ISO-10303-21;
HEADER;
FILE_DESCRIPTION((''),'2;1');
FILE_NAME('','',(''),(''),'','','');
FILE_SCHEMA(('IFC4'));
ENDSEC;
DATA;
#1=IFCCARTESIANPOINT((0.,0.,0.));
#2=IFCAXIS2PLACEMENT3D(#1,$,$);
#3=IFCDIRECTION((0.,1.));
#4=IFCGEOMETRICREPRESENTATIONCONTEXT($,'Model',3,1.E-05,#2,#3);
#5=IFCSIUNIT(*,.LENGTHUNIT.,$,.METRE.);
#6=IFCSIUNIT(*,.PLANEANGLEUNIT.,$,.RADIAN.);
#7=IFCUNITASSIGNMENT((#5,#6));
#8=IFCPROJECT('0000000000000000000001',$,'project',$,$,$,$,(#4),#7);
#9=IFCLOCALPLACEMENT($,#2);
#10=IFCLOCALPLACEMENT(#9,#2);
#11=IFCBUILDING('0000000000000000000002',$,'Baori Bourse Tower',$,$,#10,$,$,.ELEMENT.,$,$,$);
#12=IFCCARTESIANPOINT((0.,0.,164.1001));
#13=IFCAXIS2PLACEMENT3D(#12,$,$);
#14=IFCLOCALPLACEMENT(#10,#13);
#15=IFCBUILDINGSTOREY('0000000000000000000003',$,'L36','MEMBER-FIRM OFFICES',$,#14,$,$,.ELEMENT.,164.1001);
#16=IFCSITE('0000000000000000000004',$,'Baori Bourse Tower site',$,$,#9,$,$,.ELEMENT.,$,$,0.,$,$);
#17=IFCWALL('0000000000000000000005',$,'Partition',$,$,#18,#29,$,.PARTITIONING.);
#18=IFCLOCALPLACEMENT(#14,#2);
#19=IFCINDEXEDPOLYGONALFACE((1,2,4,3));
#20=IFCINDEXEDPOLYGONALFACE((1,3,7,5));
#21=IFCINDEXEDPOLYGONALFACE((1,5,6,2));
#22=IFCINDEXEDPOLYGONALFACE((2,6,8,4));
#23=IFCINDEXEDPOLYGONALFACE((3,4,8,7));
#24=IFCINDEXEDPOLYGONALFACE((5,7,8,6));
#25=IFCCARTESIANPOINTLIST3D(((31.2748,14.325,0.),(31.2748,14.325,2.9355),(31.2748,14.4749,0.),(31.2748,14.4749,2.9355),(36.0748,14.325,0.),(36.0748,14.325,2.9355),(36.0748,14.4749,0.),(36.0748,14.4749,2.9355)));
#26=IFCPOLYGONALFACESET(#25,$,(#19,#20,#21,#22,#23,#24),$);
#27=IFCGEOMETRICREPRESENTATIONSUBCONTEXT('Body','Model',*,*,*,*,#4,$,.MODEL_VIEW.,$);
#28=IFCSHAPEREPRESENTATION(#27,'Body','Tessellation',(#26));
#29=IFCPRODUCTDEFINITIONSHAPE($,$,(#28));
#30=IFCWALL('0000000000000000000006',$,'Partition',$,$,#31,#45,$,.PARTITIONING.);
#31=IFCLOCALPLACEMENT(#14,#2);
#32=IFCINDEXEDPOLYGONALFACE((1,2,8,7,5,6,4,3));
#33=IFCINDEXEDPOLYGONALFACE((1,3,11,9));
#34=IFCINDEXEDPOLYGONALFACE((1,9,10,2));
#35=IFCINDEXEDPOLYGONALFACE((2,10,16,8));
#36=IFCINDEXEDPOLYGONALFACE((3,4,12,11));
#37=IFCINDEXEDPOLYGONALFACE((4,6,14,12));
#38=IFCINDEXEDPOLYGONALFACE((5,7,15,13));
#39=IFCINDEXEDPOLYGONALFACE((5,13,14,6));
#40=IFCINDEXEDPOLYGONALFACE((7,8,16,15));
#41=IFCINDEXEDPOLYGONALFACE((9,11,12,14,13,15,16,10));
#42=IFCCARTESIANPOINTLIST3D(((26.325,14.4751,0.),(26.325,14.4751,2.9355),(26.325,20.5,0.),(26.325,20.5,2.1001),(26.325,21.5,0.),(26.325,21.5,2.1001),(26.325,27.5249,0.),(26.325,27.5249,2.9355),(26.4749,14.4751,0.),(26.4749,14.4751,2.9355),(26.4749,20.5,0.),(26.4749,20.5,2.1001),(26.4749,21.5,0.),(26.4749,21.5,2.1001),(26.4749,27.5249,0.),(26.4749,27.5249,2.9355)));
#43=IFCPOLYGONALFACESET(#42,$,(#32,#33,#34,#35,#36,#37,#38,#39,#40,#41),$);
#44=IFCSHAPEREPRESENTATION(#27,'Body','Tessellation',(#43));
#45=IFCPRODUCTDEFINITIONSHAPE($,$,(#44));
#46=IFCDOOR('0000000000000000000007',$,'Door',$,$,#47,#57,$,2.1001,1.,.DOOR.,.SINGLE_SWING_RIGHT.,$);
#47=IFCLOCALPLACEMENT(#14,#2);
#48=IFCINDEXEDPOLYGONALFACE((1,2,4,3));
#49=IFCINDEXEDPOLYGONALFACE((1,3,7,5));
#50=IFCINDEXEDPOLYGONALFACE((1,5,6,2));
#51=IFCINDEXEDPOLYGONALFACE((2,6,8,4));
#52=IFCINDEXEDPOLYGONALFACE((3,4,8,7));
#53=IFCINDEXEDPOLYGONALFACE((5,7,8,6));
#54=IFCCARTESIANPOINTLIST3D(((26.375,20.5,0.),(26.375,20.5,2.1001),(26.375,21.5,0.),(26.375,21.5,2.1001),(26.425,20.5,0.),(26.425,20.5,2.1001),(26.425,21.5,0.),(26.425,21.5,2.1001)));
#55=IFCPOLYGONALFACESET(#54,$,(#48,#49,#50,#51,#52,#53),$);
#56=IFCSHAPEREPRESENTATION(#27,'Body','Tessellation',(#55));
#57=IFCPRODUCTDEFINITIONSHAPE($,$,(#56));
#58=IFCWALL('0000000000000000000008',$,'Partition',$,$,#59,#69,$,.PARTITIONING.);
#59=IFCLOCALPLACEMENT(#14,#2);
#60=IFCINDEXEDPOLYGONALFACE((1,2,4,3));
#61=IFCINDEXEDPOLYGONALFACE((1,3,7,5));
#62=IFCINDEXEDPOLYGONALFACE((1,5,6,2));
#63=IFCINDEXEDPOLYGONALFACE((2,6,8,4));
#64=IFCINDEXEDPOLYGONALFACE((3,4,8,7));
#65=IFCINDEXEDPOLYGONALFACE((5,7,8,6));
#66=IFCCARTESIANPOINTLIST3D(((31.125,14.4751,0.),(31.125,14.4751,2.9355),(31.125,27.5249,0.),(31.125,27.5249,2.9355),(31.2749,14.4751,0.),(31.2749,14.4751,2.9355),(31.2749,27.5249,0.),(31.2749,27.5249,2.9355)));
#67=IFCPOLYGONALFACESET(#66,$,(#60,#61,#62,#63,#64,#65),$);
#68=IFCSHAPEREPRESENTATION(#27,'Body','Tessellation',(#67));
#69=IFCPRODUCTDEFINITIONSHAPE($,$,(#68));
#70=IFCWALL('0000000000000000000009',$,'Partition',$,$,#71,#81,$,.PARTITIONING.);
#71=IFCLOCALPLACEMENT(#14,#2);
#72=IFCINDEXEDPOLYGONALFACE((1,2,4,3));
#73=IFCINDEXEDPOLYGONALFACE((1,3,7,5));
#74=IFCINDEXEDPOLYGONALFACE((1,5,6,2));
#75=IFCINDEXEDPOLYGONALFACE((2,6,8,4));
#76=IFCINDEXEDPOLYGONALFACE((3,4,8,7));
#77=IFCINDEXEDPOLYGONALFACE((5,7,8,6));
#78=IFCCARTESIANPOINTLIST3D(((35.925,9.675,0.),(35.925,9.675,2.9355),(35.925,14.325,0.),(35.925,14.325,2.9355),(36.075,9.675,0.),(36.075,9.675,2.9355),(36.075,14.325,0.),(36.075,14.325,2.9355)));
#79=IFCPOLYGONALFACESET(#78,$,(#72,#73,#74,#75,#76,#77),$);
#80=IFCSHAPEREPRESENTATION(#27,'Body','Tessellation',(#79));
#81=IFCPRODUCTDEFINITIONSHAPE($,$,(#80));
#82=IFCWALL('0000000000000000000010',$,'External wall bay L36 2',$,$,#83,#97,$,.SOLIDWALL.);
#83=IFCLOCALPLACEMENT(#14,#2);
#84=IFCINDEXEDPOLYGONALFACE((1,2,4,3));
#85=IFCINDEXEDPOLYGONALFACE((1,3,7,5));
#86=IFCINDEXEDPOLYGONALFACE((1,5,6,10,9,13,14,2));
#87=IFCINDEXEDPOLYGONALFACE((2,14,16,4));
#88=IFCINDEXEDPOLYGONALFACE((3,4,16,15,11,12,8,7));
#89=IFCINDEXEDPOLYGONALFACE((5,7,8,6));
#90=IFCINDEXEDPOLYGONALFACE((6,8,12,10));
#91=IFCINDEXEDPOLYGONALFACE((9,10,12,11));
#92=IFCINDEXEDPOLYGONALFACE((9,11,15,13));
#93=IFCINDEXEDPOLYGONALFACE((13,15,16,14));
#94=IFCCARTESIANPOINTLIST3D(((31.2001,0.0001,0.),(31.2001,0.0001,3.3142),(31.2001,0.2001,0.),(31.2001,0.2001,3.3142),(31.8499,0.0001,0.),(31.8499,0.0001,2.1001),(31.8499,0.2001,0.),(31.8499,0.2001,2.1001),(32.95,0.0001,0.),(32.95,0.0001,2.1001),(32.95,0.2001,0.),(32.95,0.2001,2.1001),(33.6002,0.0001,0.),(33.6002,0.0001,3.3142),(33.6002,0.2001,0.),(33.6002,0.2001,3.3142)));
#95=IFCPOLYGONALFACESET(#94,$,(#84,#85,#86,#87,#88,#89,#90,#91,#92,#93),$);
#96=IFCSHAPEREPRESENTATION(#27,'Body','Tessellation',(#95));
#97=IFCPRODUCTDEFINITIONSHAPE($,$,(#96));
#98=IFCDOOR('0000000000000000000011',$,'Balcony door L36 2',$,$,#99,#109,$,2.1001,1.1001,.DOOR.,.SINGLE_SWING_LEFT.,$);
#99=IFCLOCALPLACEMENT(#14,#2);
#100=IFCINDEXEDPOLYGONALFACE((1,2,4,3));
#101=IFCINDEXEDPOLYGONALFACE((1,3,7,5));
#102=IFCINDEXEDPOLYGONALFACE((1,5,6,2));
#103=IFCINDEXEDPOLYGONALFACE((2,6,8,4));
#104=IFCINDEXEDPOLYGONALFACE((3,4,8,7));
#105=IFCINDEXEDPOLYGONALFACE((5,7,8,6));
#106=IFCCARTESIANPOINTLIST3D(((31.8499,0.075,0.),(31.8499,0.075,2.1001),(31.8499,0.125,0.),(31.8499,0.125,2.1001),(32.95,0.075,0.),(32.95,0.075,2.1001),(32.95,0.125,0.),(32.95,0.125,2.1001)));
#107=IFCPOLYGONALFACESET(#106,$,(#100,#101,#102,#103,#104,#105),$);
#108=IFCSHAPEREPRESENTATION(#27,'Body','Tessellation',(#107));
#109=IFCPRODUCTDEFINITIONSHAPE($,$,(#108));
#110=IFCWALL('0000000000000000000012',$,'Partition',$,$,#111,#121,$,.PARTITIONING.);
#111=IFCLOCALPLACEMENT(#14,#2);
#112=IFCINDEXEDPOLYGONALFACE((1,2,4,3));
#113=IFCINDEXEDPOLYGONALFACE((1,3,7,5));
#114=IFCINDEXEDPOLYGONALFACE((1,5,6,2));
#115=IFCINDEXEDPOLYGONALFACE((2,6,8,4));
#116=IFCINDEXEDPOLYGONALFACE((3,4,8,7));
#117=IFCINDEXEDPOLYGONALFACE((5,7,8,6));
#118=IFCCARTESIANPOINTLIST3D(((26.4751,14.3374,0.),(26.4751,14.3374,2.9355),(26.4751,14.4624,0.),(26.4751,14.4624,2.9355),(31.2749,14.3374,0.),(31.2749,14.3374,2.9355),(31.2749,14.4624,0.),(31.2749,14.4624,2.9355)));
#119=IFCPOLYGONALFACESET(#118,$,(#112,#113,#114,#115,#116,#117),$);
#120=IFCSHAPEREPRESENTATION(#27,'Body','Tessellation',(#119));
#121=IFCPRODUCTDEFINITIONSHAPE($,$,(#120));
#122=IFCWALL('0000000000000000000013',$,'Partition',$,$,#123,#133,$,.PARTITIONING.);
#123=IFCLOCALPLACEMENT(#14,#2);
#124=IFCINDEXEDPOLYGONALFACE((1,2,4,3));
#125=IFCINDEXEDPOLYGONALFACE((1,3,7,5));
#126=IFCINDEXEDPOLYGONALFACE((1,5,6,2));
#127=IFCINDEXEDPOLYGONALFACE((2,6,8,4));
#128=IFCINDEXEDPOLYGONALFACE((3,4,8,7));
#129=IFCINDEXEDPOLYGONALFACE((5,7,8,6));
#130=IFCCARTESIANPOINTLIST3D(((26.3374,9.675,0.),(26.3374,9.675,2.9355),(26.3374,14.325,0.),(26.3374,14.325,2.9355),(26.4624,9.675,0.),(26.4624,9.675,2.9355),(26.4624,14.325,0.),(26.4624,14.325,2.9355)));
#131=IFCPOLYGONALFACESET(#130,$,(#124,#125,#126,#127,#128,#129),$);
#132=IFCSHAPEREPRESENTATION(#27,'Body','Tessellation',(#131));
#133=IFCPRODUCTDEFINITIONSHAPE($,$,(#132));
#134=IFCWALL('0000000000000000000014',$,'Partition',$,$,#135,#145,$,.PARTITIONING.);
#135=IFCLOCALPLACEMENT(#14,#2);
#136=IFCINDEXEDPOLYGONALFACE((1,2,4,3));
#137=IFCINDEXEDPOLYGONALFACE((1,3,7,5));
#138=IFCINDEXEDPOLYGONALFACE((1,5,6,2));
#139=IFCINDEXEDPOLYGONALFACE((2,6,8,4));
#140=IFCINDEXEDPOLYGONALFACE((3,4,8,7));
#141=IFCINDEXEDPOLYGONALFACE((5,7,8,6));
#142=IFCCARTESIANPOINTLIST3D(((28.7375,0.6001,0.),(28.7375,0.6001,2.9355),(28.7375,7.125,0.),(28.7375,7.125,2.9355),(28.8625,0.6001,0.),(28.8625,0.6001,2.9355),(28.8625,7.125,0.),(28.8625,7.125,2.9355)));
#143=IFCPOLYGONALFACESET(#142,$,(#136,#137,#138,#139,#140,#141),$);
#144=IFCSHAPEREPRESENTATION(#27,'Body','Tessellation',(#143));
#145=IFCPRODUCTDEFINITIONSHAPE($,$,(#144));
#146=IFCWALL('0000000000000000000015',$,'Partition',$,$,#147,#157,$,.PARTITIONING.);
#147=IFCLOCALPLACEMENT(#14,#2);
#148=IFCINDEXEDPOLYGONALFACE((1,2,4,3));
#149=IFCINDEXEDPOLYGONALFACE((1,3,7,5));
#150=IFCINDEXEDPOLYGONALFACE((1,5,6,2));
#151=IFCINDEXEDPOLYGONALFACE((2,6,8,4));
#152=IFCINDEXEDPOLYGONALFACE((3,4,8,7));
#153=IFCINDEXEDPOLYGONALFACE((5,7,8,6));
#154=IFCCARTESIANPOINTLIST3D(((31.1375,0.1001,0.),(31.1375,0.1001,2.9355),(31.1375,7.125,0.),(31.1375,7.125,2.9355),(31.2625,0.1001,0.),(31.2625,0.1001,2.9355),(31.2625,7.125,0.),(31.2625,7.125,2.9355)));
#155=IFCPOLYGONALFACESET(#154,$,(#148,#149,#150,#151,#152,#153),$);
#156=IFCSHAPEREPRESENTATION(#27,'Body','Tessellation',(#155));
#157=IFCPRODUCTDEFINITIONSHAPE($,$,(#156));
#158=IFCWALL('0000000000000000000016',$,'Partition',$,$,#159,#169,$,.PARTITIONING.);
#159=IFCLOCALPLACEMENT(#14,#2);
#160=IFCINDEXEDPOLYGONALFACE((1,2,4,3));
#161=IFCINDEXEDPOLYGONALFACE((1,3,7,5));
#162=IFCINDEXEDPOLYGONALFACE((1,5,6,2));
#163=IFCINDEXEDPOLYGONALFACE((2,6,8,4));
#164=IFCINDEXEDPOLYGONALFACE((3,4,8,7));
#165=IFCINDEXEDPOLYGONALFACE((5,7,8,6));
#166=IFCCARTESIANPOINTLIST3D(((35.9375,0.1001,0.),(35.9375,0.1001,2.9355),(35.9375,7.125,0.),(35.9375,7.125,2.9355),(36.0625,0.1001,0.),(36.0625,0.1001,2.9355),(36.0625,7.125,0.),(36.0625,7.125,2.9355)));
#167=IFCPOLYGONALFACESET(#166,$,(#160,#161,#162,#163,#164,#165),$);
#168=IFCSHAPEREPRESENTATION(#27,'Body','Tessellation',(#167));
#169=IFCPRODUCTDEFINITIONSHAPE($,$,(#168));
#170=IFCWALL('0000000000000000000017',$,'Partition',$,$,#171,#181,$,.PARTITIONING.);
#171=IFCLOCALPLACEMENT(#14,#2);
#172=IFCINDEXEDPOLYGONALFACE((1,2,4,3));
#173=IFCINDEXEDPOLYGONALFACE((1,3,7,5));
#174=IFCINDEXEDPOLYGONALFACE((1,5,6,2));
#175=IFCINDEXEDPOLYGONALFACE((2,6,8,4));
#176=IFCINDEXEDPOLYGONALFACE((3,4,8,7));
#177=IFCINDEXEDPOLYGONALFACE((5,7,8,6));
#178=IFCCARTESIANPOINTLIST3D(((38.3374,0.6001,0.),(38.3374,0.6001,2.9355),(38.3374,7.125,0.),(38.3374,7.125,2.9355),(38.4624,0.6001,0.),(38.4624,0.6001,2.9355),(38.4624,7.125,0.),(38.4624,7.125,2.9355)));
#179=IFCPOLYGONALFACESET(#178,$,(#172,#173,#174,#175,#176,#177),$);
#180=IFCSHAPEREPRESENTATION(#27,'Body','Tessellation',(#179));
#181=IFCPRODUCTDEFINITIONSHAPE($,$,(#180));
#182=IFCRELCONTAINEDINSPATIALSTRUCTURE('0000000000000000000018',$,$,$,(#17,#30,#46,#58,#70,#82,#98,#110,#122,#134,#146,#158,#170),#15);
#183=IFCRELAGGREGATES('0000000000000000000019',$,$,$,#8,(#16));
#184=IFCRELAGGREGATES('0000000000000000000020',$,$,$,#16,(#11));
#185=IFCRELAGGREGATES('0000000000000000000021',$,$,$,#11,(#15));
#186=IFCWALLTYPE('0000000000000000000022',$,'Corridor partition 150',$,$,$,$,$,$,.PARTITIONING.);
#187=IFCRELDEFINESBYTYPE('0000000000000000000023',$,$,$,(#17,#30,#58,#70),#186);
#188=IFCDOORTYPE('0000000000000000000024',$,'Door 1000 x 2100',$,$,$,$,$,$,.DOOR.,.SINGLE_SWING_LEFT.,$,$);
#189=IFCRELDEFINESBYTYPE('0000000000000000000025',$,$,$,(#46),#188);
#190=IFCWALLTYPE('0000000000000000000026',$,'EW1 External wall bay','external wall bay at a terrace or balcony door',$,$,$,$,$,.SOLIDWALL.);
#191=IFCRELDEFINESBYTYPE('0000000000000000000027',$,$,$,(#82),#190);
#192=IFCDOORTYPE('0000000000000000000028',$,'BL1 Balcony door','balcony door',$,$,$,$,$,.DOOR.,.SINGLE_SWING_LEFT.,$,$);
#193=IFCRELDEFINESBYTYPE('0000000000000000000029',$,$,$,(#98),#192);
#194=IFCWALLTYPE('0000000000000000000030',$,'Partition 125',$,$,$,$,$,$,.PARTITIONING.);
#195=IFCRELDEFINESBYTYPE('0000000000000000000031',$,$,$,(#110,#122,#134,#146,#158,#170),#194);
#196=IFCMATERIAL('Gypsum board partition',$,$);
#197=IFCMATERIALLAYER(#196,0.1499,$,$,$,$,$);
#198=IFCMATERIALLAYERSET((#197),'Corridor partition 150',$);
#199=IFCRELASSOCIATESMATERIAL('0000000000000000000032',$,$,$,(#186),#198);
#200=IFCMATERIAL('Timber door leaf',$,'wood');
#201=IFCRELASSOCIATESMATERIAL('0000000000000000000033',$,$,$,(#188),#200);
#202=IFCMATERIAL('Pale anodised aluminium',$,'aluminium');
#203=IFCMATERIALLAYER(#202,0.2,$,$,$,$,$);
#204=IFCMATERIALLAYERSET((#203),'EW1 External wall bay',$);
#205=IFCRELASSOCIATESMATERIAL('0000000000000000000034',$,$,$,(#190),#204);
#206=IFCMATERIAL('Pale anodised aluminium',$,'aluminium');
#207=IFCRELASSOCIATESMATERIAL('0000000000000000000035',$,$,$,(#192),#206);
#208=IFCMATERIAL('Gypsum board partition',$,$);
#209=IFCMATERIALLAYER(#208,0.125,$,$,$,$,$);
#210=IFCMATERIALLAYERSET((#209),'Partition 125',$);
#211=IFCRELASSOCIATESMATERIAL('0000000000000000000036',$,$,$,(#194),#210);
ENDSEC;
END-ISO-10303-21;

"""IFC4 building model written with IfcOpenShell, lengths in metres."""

from ifc_helpers import new_model, si_unit, direction, frame, frame_2d, origin, place, context, subcontext, project, spatial, rectangle, extrude, material, layer, layer_set, type_object, element, fill, save


model = new_model("IFC4")

# Units and contexts
model_context = context("Model", 3, precision=1e-05, world=origin(), true_north=direction((0.0, 1.0)))
body_context = subcontext(model_context, "Body", "Model", "MODEL_VIEW")
ifc_project = project(units=[si_unit("LENGTHUNIT", "METRE"), si_unit("PLANEANGLEUNIT", "RADIAN")], contexts=[model_context])

# Site, building, storey
site_placement = place(None, origin())
site = spatial("IfcSite", under=ifc_project, at=site_placement, Name="Baori Bourse Tower site", CompositionType="ELEMENT", RefElevation=0.0)
building_placement = place(site_placement, origin())
building = spatial("IfcBuilding", under=site, at=building_placement, Name="Baori Bourse Tower", CompositionType="ELEMENT")
storey_placement = place(building_placement, frame((0.0, 0.0, 164.1001)))
storey = spatial("IfcBuildingStorey", under=building, at=storey_placement, Name="L36", Description="MEMBER-FIRM OFFICES", CompositionType="ELEMENT", Elevation=164.1001)

# Wall
ifc_material_1 = material(Name="Gypsum board partition")
ifc_layer_1 = layer(ifc_material_1, 0.1499)
ifc_layer_set_1 = layer_set([ifc_layer_1], Name="Corridor partition 150")
wall_type_1 = type_object("IfcWallType", Name="Corridor partition 150", PredefinedType="PARTITIONING", material=ifc_layer_set_1)
wall_1_placement = place(storey_placement, frame((31.2749, 14.3999, 0.0), z_axis=(0.0, 0.0, 1.0), x_axis=(1.0, 0.0, 0.0)))
element("IfcWall", 1, at=wall_1_placement, inside=storey, type_object=wall_type_1, Name="Partition", PredefinedType="PARTITIONING", context=body_context, shape_type="SweptSolid", body=[
    extrude(rectangle(XDim=4.8, YDim=0.1499, at=frame_2d((2.3999, 0.0))), origin(), (0.0, 0.0, 1.0), 2.9355),
])

# Wall, opening, door
wall_2_placement = place(storey_placement, frame((26.3999, 14.4751, 0.0), z_axis=(0.0, 0.0, 1.0), x_axis=(0.0, 1.0, 0.0)))
wall_2 = element("IfcWall", 2, at=wall_2_placement, inside=storey, type_object=wall_type_1, Name="Partition", PredefinedType="PARTITIONING", context=body_context, shape_type="SweptSolid", body=[
    extrude(rectangle(XDim=13.0498, YDim=0.1499, at=frame_2d((6.5249, 0.0))), origin(), (0.0, 0.0, 1.0), 2.9355),
])
opening_1_placement = place(wall_2_placement, frame((6.0249, 0.0, 0.0)))
opening_1 = element("IfcOpeningElement", 3, at=opening_1_placement, cuts=wall_2, PredefinedType="OPENING", context=body_context, shape_type="SweptSolid", body=[
    extrude(rectangle(XDim=1.0, YDim=2.1001, at=frame_2d((0.5, 1.05))), frame((0.0, 0.085, 0.0), z_axis=(0.0, -1.0, 0.0), x_axis=(1.0, 0.0, 0.0)), (0.0, 0.0, 1.0), 0.1699),
])
ifc_material_2 = material(Name="Timber door leaf", Category="wood")
door_type_1 = type_object("IfcDoorType", Name="Door 1000 x 2100", OperationType="SINGLE_SWING_LEFT", PredefinedType="DOOR", material=ifc_material_2)
door_1_placement = place(opening_1_placement, origin())
door_1 = element("IfcDoor", 4, at=door_1_placement, inside=storey, type_object=door_type_1, Name="Door", OperationType="SINGLE_SWING_RIGHT", OverallHeight=2.1001, OverallWidth=1.0, PredefinedType="DOOR", context=body_context, shape_type="SweptSolid", body=[
    extrude(rectangle(XDim=1.0, YDim=2.1001, at=frame_2d((0.5, 1.05))), frame((0.0, 0.0249, 0.0), z_axis=(0.0, -1.0, 0.0), x_axis=(1.0, 0.0, 0.0)), (0.0, 0.0, 1.0), 0.05),
])
fill(opening_1, door_1)

# Walls
wall_3_placement = place(storey_placement, frame((31.2, 14.4751, 0.0), z_axis=(0.0, 0.0, 1.0), x_axis=(0.0, 1.0, 0.0)))
element("IfcWall", 5, at=wall_3_placement, inside=storey, type_object=wall_type_1, Name="Partition", PredefinedType="PARTITIONING", context=body_context, shape_type="SweptSolid", body=[
    extrude(rectangle(XDim=13.0498, YDim=0.1499, at=frame_2d((6.5249, 0.0))), origin(), (0.0, 0.0, 1.0), 2.9355),
])
wall_4_placement = place(storey_placement, frame((36.0, 9.675, 0.0), z_axis=(0.0, 0.0, 1.0), x_axis=(0.0, 1.0, 0.0)))
element("IfcWall", 6, at=wall_4_placement, inside=storey, type_object=wall_type_1, Name="Partition", PredefinedType="PARTITIONING", context=body_context, shape_type="SweptSolid", body=[
    extrude(rectangle(XDim=4.6499, YDim=0.1499, at=frame_2d((2.325, 0.0))), origin(), (0.0, 0.0, 1.0), 2.9355),
])

# Wall, opening, door
ifc_material_3 = material(Name="Pale anodised aluminium", Category="aluminium")
ifc_layer_2 = layer(ifc_material_3, 0.2)
ifc_layer_set_2 = layer_set([ifc_layer_2], Name="EW1 External wall bay")
wall_type_2 = type_object("IfcWallType", Name="EW1 External wall bay", Description="external wall bay at a terrace or balcony door", PredefinedType="SOLIDWALL", material=ifc_layer_set_2)
wall_5_placement = place(storey_placement, frame((31.2, 0.1001, 0.0), z_axis=(0.0, 0.0, 1.0), x_axis=(1.0, 0.0, 0.0)))
wall_5 = element("IfcWall", 7, at=wall_5_placement, inside=storey, type_object=wall_type_2, Name="External wall bay L36 2", PredefinedType="SOLIDWALL", context=body_context, shape_type="SweptSolid", body=[
    extrude(rectangle(XDim=2.4001, YDim=0.2, at=frame_2d((1.2002, 0.0))), origin(), (0.0, 0.0, 1.0), 3.3142),
])
opening_2_placement = place(wall_5_placement, frame((0.6499, 0.0, 0.0)))
opening_2 = element("IfcOpeningElement", 8, at=opening_2_placement, cuts=wall_5, PredefinedType="OPENING", context=body_context, shape_type="SweptSolid", body=[
    extrude(rectangle(XDim=1.1001, YDim=2.1001, at=frame_2d((0.55, 1.05))), frame((0.0, 0.1099, 0.0), z_axis=(0.0, -1.0, 0.0), x_axis=(1.0, 0.0, 0.0)), (0.0, 0.0, 1.0), 0.22),
])
ifc_material_4 = material(Name="Pale anodised aluminium", Category="aluminium")
door_type_2 = type_object("IfcDoorType", Name="BL1 Balcony door", Description="balcony door", OperationType="SINGLE_SWING_LEFT", PredefinedType="DOOR", material=ifc_material_4)
door_2_placement = place(opening_2_placement, origin())
door_2 = element("IfcDoor", 9, at=door_2_placement, inside=storey, type_object=door_type_2, Name="Balcony door L36 2", OperationType="SINGLE_SWING_LEFT", OverallHeight=2.1001, OverallWidth=1.1001, PredefinedType="DOOR", context=body_context, shape_type="SweptSolid", body=[
    extrude(rectangle(XDim=1.1001, YDim=2.1001, at=frame_2d((0.55, 1.05))), frame((0.0, 0.0249, 0.0), z_axis=(0.0, -1.0, 0.0), x_axis=(1.0, 0.0, 0.0)), (0.0, 0.0, 1.0), 0.05),
])
fill(opening_2, door_2)

# Walls
ifc_material_5 = material(Name="Gypsum board partition")
ifc_layer_3 = layer(ifc_material_5, 0.125)
ifc_layer_set_3 = layer_set([ifc_layer_3], Name="Partition 125")
wall_type_3 = type_object("IfcWallType", Name="Partition 125", PredefinedType="PARTITIONING", material=ifc_layer_set_3)
wall_6_placement = place(storey_placement, frame((26.4751, 14.3999, 0.0), z_axis=(0.0, 0.0, 1.0), x_axis=(1.0, 0.0, 0.0)))
element("IfcWall", 10, at=wall_6_placement, inside=storey, type_object=wall_type_3, Name="Partition", PredefinedType="PARTITIONING", context=body_context, shape_type="SweptSolid", body=[
    extrude(rectangle(XDim=4.7998, YDim=0.125, at=frame_2d((2.3999, 0.0))), origin(), (0.0, 0.0, 1.0), 2.9355),
])
wall_7_placement = place(storey_placement, frame((26.3999, 9.675, 0.0), z_axis=(0.0, 0.0, 1.0), x_axis=(0.0, 1.0, 0.0)))
element("IfcWall", 11, at=wall_7_placement, inside=storey, type_object=wall_type_3, Name="Partition", PredefinedType="PARTITIONING", context=body_context, shape_type="SweptSolid", body=[
    extrude(rectangle(XDim=4.6499, YDim=0.125, at=frame_2d((2.325, 0.0))), origin(), (0.0, 0.0, 1.0), 2.9355),
])
wall_8_placement = place(storey_placement, frame((28.8, 0.6001, 0.0), z_axis=(0.0, 0.0, 1.0), x_axis=(0.0, 1.0, 0.0)))
element("IfcWall", 12, at=wall_8_placement, inside=storey, type_object=wall_type_3, Name="Partition", PredefinedType="PARTITIONING", context=body_context, shape_type="SweptSolid", body=[
    extrude(rectangle(XDim=6.5249, YDim=0.125, at=frame_2d((3.2625, 0.0))), origin(), (0.0, 0.0, 1.0), 2.9355),
])
for number, where, z_axis, x_axis, name in (
    (13, (31.2, 0.1001, 0.0), (0.0, 0.0, 1.0), (0.0, 1.0, 0.0), "Partition"),
    (14, (36.0, 0.1001, 0.0), (0.0, 0.0, 1.0), (0.0, 1.0, 0.0), "Partition"),
):
    element("IfcWall", number, at=place(storey_placement, frame(where, z_axis=z_axis, x_axis=x_axis)), inside=storey, type_object=wall_type_3, Name=name, PredefinedType="PARTITIONING", context=body_context, shape_type="SweptSolid", body=[
        extrude(rectangle(XDim=7.0249, YDim=0.125, at=frame_2d((3.5125, 0.0))), origin(), (0.0, 0.0, 1.0), 2.9355),
    ])
wall_9_placement = place(storey_placement, frame((38.3999, 0.6001, 0.0), z_axis=(0.0, 0.0, 1.0), x_axis=(0.0, 1.0, 0.0)))
element("IfcWall", 15, at=wall_9_placement, inside=storey, type_object=wall_type_3, Name="Partition", PredefinedType="PARTITIONING", context=body_context, shape_type="SweptSolid", body=[
    extrude(rectangle(XDim=6.5249, YDim=0.125, at=frame_2d((3.2625, 0.0))), origin(), (0.0, 0.0, 1.0), 2.9355),
])

save(model, "model.ifc")
